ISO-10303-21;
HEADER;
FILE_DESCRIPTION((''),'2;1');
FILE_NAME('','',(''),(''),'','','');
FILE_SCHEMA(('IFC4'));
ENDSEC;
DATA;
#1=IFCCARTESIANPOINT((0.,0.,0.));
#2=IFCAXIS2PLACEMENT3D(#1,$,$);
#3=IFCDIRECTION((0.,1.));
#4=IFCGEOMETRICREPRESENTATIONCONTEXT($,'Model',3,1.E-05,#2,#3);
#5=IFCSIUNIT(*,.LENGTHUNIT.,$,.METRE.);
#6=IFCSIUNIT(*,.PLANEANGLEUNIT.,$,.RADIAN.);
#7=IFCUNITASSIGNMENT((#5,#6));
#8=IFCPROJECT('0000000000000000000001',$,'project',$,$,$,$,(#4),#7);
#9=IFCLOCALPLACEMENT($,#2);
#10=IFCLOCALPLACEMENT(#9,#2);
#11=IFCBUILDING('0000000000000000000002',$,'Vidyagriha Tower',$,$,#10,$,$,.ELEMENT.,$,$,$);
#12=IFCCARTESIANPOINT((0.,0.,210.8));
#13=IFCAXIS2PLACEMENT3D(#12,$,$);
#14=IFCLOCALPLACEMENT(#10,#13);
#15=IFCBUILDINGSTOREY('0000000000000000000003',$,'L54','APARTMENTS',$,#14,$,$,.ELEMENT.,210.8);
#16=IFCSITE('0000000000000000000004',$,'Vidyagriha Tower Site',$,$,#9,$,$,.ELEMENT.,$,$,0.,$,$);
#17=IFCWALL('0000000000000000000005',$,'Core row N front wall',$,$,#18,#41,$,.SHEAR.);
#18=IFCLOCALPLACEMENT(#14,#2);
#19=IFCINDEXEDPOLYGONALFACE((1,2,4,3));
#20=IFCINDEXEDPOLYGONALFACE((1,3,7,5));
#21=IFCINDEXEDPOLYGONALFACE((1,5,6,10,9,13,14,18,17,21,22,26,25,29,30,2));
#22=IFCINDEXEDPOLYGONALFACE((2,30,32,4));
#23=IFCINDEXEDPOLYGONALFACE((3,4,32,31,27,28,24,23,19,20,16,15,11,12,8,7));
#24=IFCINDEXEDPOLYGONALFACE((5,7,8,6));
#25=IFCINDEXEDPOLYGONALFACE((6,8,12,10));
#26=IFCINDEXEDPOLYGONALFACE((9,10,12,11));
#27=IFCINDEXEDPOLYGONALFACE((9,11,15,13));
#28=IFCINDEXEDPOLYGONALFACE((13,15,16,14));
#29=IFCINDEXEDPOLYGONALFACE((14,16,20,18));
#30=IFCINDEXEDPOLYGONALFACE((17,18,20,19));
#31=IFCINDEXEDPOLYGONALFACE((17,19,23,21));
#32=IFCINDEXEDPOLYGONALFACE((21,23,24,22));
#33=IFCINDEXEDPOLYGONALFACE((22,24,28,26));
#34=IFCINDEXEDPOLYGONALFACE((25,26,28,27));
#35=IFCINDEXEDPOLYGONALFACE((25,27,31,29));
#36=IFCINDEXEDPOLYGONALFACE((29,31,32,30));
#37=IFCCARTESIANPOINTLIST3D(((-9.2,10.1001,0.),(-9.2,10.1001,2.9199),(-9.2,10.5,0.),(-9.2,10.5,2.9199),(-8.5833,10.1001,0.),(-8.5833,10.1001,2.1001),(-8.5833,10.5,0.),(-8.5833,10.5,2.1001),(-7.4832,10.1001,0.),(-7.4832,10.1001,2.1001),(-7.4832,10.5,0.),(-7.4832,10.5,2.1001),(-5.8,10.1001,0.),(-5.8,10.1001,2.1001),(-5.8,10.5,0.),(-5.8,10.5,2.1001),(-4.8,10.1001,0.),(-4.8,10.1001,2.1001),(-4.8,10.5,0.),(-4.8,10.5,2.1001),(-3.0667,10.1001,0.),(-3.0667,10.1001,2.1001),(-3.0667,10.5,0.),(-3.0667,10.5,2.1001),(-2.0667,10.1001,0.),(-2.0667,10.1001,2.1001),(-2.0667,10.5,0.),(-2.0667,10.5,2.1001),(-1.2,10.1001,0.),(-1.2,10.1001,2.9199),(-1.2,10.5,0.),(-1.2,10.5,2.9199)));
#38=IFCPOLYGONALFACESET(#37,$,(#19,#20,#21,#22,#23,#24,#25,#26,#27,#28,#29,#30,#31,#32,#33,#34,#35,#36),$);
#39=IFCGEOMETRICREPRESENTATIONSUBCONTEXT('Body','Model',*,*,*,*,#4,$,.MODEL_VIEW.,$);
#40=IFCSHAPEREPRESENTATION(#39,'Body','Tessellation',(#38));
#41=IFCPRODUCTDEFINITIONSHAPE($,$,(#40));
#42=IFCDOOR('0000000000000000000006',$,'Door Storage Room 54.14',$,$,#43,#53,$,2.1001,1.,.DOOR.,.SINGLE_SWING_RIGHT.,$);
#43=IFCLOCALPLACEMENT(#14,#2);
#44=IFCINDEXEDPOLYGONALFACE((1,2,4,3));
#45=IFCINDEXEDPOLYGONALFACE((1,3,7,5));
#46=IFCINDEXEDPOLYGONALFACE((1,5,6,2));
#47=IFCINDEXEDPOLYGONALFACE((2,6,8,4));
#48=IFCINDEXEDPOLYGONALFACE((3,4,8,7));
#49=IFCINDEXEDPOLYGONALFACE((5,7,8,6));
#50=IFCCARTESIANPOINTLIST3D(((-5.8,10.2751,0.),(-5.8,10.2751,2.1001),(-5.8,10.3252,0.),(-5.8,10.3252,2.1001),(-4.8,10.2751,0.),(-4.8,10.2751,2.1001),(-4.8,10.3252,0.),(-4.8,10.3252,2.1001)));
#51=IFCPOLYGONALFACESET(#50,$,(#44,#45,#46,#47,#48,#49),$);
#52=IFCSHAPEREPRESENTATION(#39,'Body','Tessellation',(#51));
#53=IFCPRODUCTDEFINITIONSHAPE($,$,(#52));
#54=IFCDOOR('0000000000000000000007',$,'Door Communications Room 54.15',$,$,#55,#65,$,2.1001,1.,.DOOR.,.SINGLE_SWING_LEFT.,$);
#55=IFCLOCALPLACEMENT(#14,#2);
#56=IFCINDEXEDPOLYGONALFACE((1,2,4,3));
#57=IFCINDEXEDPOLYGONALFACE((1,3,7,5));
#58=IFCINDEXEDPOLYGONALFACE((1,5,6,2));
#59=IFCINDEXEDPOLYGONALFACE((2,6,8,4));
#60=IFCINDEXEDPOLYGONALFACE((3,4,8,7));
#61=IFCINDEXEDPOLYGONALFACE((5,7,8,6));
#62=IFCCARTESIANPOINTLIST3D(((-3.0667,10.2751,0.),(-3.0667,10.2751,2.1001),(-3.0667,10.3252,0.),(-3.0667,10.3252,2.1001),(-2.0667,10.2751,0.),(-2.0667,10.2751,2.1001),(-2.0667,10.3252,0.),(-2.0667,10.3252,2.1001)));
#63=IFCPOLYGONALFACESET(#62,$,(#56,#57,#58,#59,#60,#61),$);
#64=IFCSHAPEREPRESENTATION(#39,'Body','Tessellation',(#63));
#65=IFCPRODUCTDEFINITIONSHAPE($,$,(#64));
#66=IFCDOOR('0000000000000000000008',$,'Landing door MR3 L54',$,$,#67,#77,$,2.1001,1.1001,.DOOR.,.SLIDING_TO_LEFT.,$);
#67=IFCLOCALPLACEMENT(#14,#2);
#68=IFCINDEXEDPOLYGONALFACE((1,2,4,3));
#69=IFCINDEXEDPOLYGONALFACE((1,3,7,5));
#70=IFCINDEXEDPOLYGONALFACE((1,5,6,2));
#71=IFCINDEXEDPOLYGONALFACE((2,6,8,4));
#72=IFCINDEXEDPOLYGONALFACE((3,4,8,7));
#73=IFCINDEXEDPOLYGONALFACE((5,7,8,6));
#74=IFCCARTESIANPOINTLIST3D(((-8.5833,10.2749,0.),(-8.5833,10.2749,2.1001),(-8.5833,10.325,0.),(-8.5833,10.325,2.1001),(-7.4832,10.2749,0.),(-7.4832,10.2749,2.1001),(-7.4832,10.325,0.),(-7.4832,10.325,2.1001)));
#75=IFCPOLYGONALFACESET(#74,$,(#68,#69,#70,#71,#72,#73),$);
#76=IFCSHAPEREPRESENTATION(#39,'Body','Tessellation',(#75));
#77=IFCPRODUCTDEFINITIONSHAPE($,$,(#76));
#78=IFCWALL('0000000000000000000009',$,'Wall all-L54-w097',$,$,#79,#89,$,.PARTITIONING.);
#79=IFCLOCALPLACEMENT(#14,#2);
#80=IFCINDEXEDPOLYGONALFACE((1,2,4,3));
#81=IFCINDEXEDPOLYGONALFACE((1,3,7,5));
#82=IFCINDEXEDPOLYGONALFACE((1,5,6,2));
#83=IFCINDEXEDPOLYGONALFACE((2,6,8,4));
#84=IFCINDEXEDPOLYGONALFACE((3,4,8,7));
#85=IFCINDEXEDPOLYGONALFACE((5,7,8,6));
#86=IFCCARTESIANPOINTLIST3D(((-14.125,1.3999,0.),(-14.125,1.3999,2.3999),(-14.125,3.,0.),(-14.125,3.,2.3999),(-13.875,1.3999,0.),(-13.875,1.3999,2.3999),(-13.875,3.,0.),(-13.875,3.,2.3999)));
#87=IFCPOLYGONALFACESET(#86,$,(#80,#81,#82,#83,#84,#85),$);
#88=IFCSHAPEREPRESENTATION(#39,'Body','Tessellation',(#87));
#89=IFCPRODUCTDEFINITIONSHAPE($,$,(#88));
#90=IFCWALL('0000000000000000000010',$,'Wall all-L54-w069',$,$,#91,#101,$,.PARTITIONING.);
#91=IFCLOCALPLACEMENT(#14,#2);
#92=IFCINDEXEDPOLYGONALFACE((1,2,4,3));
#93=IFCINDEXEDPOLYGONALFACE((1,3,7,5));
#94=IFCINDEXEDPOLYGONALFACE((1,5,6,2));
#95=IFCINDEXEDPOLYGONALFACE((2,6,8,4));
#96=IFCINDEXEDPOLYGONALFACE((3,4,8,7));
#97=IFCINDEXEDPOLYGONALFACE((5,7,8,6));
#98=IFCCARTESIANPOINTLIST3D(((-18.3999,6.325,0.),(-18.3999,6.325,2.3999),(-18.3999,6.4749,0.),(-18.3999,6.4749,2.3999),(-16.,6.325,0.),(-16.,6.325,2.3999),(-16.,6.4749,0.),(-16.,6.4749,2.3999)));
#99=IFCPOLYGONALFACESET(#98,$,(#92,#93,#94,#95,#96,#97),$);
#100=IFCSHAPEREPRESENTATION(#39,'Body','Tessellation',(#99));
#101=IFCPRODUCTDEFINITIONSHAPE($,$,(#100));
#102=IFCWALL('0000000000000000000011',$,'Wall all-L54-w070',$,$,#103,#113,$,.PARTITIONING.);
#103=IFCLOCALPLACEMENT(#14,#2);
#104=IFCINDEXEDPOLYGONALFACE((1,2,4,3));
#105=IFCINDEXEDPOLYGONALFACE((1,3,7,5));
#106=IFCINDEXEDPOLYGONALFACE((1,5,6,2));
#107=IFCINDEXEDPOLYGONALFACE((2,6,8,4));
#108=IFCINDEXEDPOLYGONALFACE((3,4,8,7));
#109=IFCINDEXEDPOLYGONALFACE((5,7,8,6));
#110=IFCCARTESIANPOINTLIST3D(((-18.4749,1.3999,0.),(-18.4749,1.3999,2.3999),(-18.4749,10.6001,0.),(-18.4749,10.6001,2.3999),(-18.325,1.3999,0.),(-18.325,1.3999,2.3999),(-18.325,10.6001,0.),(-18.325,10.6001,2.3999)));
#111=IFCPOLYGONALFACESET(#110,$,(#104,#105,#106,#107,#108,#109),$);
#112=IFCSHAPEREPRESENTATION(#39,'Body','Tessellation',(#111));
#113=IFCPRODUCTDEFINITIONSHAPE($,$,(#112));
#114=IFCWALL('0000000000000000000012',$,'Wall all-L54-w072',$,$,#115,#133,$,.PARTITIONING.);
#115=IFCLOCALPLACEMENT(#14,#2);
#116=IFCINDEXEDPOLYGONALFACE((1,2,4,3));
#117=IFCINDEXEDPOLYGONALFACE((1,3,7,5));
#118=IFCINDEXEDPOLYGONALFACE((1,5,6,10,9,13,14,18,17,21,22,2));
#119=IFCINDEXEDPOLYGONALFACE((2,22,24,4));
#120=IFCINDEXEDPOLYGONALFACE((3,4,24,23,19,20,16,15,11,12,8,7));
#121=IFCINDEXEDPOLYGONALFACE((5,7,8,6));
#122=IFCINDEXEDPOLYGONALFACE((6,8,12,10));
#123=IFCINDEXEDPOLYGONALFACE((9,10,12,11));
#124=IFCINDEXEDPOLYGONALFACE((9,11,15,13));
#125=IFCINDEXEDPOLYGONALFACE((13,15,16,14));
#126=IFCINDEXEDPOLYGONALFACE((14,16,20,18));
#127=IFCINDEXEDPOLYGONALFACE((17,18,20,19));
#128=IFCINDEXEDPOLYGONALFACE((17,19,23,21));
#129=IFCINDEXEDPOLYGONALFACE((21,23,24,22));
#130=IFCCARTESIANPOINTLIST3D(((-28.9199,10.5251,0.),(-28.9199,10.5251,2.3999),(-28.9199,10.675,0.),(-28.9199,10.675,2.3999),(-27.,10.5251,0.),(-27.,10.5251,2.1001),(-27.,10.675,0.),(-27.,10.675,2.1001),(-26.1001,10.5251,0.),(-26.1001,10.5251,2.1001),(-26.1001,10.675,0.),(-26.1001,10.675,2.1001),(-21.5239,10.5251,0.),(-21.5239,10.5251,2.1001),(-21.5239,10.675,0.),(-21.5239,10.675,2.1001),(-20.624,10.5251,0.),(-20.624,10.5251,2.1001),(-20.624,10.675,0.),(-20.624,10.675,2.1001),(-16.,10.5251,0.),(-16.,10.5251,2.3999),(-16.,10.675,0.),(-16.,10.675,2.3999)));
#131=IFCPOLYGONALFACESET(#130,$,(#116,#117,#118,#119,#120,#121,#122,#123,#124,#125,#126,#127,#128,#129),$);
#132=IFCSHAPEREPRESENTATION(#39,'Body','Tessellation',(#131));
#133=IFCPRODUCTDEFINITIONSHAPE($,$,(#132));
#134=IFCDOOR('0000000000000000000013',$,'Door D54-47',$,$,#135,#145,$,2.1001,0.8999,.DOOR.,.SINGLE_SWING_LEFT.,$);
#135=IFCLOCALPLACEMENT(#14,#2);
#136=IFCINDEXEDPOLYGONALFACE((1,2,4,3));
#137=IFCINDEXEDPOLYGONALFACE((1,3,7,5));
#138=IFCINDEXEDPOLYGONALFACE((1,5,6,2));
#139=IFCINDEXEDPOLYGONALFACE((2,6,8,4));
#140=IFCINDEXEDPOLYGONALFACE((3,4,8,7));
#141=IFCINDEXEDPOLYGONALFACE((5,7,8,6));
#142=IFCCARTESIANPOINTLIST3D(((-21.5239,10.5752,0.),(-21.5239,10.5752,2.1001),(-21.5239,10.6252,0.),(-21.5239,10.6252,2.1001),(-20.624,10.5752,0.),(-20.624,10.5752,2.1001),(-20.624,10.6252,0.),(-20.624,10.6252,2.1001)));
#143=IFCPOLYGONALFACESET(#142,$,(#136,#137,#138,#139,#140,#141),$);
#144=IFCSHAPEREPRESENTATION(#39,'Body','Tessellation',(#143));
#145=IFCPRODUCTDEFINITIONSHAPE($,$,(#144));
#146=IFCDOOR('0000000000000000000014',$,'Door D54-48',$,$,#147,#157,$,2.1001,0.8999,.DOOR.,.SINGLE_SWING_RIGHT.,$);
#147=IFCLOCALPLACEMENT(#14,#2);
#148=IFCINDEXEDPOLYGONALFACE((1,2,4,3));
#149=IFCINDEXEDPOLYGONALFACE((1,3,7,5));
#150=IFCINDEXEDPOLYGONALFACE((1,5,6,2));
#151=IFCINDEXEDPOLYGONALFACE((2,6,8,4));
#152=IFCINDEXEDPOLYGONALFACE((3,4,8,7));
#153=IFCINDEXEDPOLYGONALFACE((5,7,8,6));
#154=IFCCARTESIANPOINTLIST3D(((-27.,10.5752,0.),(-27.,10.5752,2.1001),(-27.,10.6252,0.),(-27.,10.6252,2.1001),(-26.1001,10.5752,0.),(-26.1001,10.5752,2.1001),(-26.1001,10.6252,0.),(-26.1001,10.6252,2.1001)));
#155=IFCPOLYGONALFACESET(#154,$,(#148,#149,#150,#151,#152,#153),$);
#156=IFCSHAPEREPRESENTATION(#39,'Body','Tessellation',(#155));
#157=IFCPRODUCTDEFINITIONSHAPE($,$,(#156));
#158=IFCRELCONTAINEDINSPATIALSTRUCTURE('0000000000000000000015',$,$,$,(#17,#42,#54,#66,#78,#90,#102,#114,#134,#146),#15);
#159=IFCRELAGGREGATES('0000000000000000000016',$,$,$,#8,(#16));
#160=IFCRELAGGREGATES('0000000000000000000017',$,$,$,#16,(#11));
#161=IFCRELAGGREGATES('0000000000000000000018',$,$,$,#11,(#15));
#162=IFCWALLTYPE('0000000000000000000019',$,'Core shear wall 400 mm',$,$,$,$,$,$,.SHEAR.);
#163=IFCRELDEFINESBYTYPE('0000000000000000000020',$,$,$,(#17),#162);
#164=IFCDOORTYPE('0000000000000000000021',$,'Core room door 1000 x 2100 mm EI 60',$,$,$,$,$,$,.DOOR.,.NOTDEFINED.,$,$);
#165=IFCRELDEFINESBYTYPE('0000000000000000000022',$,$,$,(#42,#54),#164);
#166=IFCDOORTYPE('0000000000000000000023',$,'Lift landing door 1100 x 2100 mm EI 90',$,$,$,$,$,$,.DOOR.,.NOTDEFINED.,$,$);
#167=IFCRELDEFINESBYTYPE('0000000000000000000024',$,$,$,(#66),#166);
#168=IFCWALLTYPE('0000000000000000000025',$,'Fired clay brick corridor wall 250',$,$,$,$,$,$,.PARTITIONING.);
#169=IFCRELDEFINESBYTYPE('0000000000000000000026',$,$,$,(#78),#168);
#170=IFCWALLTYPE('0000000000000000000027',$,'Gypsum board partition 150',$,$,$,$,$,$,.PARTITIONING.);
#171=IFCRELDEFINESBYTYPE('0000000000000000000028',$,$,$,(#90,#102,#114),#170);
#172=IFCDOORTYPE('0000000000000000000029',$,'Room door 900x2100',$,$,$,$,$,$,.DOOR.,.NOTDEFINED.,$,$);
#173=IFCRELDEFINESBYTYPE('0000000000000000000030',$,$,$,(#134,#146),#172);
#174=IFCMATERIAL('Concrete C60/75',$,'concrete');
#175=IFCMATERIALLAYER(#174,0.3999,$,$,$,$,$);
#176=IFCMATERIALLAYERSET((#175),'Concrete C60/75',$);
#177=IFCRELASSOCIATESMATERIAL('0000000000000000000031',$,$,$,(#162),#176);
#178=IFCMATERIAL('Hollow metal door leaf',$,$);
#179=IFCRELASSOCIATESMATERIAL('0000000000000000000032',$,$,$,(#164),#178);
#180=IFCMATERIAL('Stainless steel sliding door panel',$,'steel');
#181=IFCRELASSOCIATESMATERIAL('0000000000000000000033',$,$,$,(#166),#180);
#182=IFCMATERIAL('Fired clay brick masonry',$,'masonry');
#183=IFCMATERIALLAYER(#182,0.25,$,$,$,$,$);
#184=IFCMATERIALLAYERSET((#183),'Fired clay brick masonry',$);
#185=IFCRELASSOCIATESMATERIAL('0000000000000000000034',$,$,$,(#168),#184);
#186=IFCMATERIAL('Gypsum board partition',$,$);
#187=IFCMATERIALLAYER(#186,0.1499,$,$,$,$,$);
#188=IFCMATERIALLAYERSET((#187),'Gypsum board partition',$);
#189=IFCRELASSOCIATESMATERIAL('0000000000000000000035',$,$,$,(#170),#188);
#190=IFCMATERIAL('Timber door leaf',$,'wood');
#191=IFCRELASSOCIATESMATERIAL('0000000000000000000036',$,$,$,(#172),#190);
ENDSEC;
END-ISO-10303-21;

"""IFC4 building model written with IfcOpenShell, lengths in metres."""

from ifc_helpers import new_model, si_unit, direction, frame, frame_2d, origin, place, context, subcontext, project, spatial, rectangle, extrude, material, layer, layer_set, type_object, element, fill, save


model = new_model("IFC4")

# Units and contexts
model_context = context("Model", 3, precision=1e-05, world=origin(), true_north=direction((0.0, 1.0)))
body_context = subcontext(model_context, "Body", "Model", "MODEL_VIEW")
ifc_project = project(units=[si_unit("LENGTHUNIT", "METRE"), si_unit("PLANEANGLEUNIT", "RADIAN")], contexts=[model_context])

# Site, building, storey
site_placement = place(None, origin())
site = spatial("IfcSite", under=ifc_project, at=site_placement, Name="Vidyagriha Tower Site", CompositionType="ELEMENT", RefElevation=0.0)
building_placement = place(site_placement, origin())
building = spatial("IfcBuilding", under=site, at=building_placement, Name="Vidyagriha Tower", CompositionType="ELEMENT")
storey_placement = place(building_placement, frame((0.0, 0.0, 210.8)))
storey = spatial("IfcBuildingStorey", under=building, at=storey_placement, Name="L54", Description="APARTMENTS", CompositionType="ELEMENT", Elevation=210.8)

# Shared definitions
ifc_material_1 = material(Name="Concrete C60/75", Category="concrete")
ifc_layer_1 = layer(ifc_material_1, 0.3999)
ifc_layer_set_1 = layer_set([ifc_layer_1], Name="Concrete C60/75")
wall_type_1 = type_object("IfcWallType", Name="Core shear wall 400 mm", PredefinedType="SHEAR", material=ifc_layer_set_1)

# Shared definitions
ifc_material_2 = material(Name="Hollow metal door leaf")
door_type_1 = type_object("IfcDoorType", Name="Core room door 1000 x 2100 mm EI 60", OperationType="NOTDEFINED", PredefinedType="DOOR", material=ifc_material_2)
ifc_material_3 = material(Name="Stainless steel sliding door panel", Category="steel")
door_type_2 = type_object("IfcDoorType", Name="Lift landing door 1100 x 2100 mm EI 90", OperationType="NOTDEFINED", PredefinedType="DOOR", material=ifc_material_3)

# Wall, openings, doors
wall_1_placement = place(storey_placement, frame((-9.2, 10.3, 0.0)))
wall_1 = element("IfcWall", 1, at=wall_1_placement, inside=storey, type_object=wall_type_1, Name="Core row N front wall", PredefinedType="SHEAR", context=body_context, shape_type="SweptSolid", body=[
    extrude(rectangle(XDim=8.0, YDim=0.3999, at=frame_2d((4.0, 0.0))), origin(), (0.0, 0.0, 1.0), 2.9199),
])
opening_1_placement = place(wall_1_placement, frame((0.6167, 0.0, 0.0)))
opening_1 = element("IfcOpeningElement", 2, at=opening_1_placement, cuts=wall_1, PredefinedType="OPENING", context=body_context, shape_type="SweptSolid", body=[
    extrude(rectangle(XDim=1.1001, YDim=2.1001, at=frame_2d((0.55, 1.05))), frame((0.0, 0.21, 0.0), z_axis=(0.0, -1.0, 0.0), x_axis=(1.0, 0.0, 0.0)), (0.0, 0.0, 1.0), 0.4199),
])
opening_2_placement = place(wall_1_placement, frame((3.3999, 0.0, 0.0)))
opening_2 = element("IfcOpeningElement", 3, at=opening_2_placement, cuts=wall_1, PredefinedType="OPENING", context=body_context, shape_type="SweptSolid", body=[
    extrude(rectangle(XDim=1.0, YDim=2.1001, at=frame_2d((0.5, 1.05))), frame((0.0, 0.21, 0.0), z_axis=(0.0, -1.0, 0.0), x_axis=(1.0, 0.0, 0.0)), (0.0, 0.0, 1.0), 0.4199),
])
opening_3_placement = place(wall_1_placement, frame((6.1333, 0.0, 0.0)))
opening_3 = element("IfcOpeningElement", 4, at=opening_3_placement, cuts=wall_1, PredefinedType="OPENING", context=body_context, shape_type="SweptSolid", body=[
    extrude(rectangle(XDim=1.0, YDim=2.1001, at=frame_2d((0.5, 1.05))), frame((0.0, 0.21, 0.0), z_axis=(0.0, -1.0, 0.0), x_axis=(1.0, 0.0, 0.0)), (0.0, 0.0, 1.0), 0.4199),
])
door_1_placement = place(opening_2_placement, frame((1.0, 0.0, 0.0), z_axis=(0.0, 0.0, 1.0), x_axis=(-1.0, 0.0, 0.0)))
door_1 = element("IfcDoor", 5, at=door_1_placement, inside=storey, type_object=door_type_1, Name="Door Storage Room 54.14", OperationType="SINGLE_SWING_RIGHT", OverallHeight=2.1001, OverallWidth=1.0, PredefinedType="DOOR", context=body_context, shape_type="SweptSolid", body=[
    extrude(rectangle(XDim=1.0, YDim=2.1001, at=frame_2d((0.5, 1.05))), frame((0.0, 0.0249, 0.0), z_axis=(0.0, -1.0, 0.0), x_axis=(1.0, 0.0, 0.0)), (0.0, 0.0, 1.0), 0.05),
])
fill(opening_2, door_1)
door_2_placement = place(opening_3_placement, frame((1.0, 0.0, 0.0), z_axis=(0.0, 0.0, 1.0), x_axis=(-1.0, 0.0, 0.0)))
door_2 = element("IfcDoor", 6, at=door_2_placement, inside=storey, type_object=door_type_1, Name="Door Communications Room 54.15", OperationType="SINGLE_SWING_LEFT", OverallHeight=2.1001, OverallWidth=1.0, PredefinedType="DOOR", context=body_context, shape_type="SweptSolid", body=[
    extrude(rectangle(XDim=1.0, YDim=2.1001, at=frame_2d((0.5, 1.05))), frame((0.0, 0.0249, 0.0), z_axis=(0.0, -1.0, 0.0), x_axis=(1.0, 0.0, 0.0)), (0.0, 0.0, 1.0), 0.05),
])
fill(opening_3, door_2)
door_3_placement = place(opening_1_placement, origin())
door_3 = element("IfcDoor", 7, at=door_3_placement, inside=storey, type_object=door_type_2, Name="Landing door MR3 L54", OperationType="SLIDING_TO_LEFT", OverallHeight=2.1001, OverallWidth=1.1001, PredefinedType="DOOR", context=body_context, shape_type="SweptSolid", body=[
    extrude(rectangle(XDim=1.1001, YDim=2.1001, at=frame_2d((0.55, 1.05))), frame((0.0, 0.0249, 0.0), z_axis=(0.0, -1.0, 0.0), x_axis=(1.0, 0.0, 0.0)), (0.0, 0.0, 1.0), 0.05),
])
fill(opening_1, door_3)

# Walls
ifc_material_4 = material(Name="Fired clay brick masonry", Category="masonry")
ifc_layer_2 = layer(ifc_material_4, 0.25)
ifc_layer_set_2 = layer_set([ifc_layer_2], Name="Fired clay brick masonry")
wall_type_2 = type_object("IfcWallType", Name="Fired clay brick corridor wall 250", PredefinedType="PARTITIONING", material=ifc_layer_set_2)
wall_2_placement = place(storey_placement, frame((-14.0, 3.0, 0.0), z_axis=(0.0, 0.0, 1.0), x_axis=(0.0, -1.0, 0.0)))
element("IfcWall", 8, at=wall_2_placement, inside=storey, type_object=wall_type_2, Name="Wall all-L54-w097", PredefinedType="PARTITIONING", context=body_context, shape_type="SweptSolid", body=[
    extrude(rectangle(XDim=1.6001, YDim=0.25, at=frame_2d((0.8, 0.0))), origin(), (0.0, 0.0, 1.0), 2.3999),
])
ifc_material_5 = material(Name="Gypsum board partition")
ifc_layer_3 = layer(ifc_material_5, 0.1499)
ifc_layer_set_3 = layer_set([ifc_layer_3], Name="Gypsum board partition")
wall_type_3 = type_object("IfcWallType", Name="Gypsum board partition 150", PredefinedType="PARTITIONING", material=ifc_layer_set_3)
wall_3_placement = place(storey_placement, frame((-18.3999, 6.3999, 0.0)))
element("IfcWall", 9, at=wall_3_placement, inside=storey, type_object=wall_type_3, Name="Wall all-L54-w069", PredefinedType="PARTITIONING", context=body_context, shape_type="SweptSolid", body=[
    extrude(rectangle(XDim=2.3999, YDim=0.1499, at=frame_2d((1.2, 0.0))), origin(), (0.0, 0.0, 1.0), 2.3999),
])
wall_4_placement = place(storey_placement, frame((-18.3999, 1.3999, 0.0), z_axis=(0.0, 0.0, 1.0), x_axis=(0.0, 1.0, 0.0)))
element("IfcWall", 10, at=wall_4_placement, inside=storey, type_object=wall_type_3, Name="Wall all-L54-w070", PredefinedType="PARTITIONING", context=body_context, shape_type="SweptSolid", body=[
    extrude(rectangle(XDim=9.2002, YDim=0.1499, at=frame_2d((4.6001, 0.0))), origin(), (0.0, 0.0, 1.0), 2.3999),
])

# Wall, openings, doors
wall_5_placement = place(storey_placement, frame((-16.0, 10.6001, 0.0), z_axis=(0.0, 0.0, 1.0), x_axis=(-1.0, 0.0, 0.0)))
wall_5 = element("IfcWall", 11, at=wall_5_placement, inside=storey, type_object=wall_type_3, Name="Wall all-L54-w072", PredefinedType="PARTITIONING", context=body_context, shape_type="SweptSolid", body=[
    extrude(rectangle(XDim=12.9199, YDim=0.1499, at=frame_2d((6.46, 0.0))), origin(), (0.0, 0.0, 1.0), 2.3999),
])
opening_4_placement = place(wall_5_placement, frame((4.624, 0.0, 0.0)))
opening_4 = element("IfcOpeningElement", 12, at=opening_4_placement, cuts=wall_5, PredefinedType="OPENING", context=body_context, shape_type="SweptSolid", body=[
    extrude(rectangle(XDim=0.8999, YDim=2.1001, at=frame_2d((0.45, 1.05))), frame((0.0, 0.085, 0.0), z_axis=(0.0, -1.0, 0.0), x_axis=(1.0, 0.0, 0.0)), (0.0, 0.0, 1.0), 0.1699),
])
opening_5_placement = place(wall_5_placement, frame((10.1001, 0.0, 0.0)))
opening_5 = element("IfcOpeningElement", 13, at=opening_5_placement, cuts=wall_5, PredefinedType="OPENING", context=body_context, shape_type="SweptSolid", body=[
    extrude(rectangle(XDim=0.8999, YDim=2.1001, at=frame_2d((0.45, 1.05))), frame((0.0, 0.085, 0.0), z_axis=(0.0, -1.0, 0.0), x_axis=(1.0, 0.0, 0.0)), (0.0, 0.0, 1.0), 0.1699),
])
ifc_material_6 = material(Name="Timber door leaf", Category="wood")
door_type_3 = type_object("IfcDoorType", Name="Room door 900x2100", OperationType="NOTDEFINED", PredefinedType="DOOR", material=ifc_material_6)
door_4_placement = place(opening_4_placement, origin())
door_4 = element("IfcDoor", 14, at=door_4_placement, inside=storey, type_object=door_type_3, Name="Door D54-47", OperationType="SINGLE_SWING_LEFT", OverallHeight=2.1001, OverallWidth=0.8999, PredefinedType="DOOR", context=body_context, shape_type="SweptSolid", body=[
    extrude(rectangle(XDim=0.8999, YDim=2.1001, at=frame_2d((0.45, 1.05))), frame((0.0, 0.0249, 0.0), z_axis=(0.0, -1.0, 0.0), x_axis=(1.0, 0.0, 0.0)), (0.0, 0.0, 1.0), 0.05),
])
fill(opening_4, door_4)
door_5_placement = place(opening_5_placement, origin())
door_5 = element("IfcDoor", 15, at=door_5_placement, inside=storey, type_object=door_type_3, Name="Door D54-48", OperationType="SINGLE_SWING_RIGHT", OverallHeight=2.1001, OverallWidth=0.8999, PredefinedType="DOOR", context=body_context, shape_type="SweptSolid", body=[
    extrude(rectangle(XDim=0.8999, YDim=2.1001, at=frame_2d((0.45, 1.05))), frame((0.0, 0.0249, 0.0), z_axis=(0.0, -1.0, 0.0), x_axis=(1.0, 0.0, 0.0)), (0.0, 0.0, 1.0), 0.05),
])
fill(opening_5, door_5)

save(model, "model.ifc")
